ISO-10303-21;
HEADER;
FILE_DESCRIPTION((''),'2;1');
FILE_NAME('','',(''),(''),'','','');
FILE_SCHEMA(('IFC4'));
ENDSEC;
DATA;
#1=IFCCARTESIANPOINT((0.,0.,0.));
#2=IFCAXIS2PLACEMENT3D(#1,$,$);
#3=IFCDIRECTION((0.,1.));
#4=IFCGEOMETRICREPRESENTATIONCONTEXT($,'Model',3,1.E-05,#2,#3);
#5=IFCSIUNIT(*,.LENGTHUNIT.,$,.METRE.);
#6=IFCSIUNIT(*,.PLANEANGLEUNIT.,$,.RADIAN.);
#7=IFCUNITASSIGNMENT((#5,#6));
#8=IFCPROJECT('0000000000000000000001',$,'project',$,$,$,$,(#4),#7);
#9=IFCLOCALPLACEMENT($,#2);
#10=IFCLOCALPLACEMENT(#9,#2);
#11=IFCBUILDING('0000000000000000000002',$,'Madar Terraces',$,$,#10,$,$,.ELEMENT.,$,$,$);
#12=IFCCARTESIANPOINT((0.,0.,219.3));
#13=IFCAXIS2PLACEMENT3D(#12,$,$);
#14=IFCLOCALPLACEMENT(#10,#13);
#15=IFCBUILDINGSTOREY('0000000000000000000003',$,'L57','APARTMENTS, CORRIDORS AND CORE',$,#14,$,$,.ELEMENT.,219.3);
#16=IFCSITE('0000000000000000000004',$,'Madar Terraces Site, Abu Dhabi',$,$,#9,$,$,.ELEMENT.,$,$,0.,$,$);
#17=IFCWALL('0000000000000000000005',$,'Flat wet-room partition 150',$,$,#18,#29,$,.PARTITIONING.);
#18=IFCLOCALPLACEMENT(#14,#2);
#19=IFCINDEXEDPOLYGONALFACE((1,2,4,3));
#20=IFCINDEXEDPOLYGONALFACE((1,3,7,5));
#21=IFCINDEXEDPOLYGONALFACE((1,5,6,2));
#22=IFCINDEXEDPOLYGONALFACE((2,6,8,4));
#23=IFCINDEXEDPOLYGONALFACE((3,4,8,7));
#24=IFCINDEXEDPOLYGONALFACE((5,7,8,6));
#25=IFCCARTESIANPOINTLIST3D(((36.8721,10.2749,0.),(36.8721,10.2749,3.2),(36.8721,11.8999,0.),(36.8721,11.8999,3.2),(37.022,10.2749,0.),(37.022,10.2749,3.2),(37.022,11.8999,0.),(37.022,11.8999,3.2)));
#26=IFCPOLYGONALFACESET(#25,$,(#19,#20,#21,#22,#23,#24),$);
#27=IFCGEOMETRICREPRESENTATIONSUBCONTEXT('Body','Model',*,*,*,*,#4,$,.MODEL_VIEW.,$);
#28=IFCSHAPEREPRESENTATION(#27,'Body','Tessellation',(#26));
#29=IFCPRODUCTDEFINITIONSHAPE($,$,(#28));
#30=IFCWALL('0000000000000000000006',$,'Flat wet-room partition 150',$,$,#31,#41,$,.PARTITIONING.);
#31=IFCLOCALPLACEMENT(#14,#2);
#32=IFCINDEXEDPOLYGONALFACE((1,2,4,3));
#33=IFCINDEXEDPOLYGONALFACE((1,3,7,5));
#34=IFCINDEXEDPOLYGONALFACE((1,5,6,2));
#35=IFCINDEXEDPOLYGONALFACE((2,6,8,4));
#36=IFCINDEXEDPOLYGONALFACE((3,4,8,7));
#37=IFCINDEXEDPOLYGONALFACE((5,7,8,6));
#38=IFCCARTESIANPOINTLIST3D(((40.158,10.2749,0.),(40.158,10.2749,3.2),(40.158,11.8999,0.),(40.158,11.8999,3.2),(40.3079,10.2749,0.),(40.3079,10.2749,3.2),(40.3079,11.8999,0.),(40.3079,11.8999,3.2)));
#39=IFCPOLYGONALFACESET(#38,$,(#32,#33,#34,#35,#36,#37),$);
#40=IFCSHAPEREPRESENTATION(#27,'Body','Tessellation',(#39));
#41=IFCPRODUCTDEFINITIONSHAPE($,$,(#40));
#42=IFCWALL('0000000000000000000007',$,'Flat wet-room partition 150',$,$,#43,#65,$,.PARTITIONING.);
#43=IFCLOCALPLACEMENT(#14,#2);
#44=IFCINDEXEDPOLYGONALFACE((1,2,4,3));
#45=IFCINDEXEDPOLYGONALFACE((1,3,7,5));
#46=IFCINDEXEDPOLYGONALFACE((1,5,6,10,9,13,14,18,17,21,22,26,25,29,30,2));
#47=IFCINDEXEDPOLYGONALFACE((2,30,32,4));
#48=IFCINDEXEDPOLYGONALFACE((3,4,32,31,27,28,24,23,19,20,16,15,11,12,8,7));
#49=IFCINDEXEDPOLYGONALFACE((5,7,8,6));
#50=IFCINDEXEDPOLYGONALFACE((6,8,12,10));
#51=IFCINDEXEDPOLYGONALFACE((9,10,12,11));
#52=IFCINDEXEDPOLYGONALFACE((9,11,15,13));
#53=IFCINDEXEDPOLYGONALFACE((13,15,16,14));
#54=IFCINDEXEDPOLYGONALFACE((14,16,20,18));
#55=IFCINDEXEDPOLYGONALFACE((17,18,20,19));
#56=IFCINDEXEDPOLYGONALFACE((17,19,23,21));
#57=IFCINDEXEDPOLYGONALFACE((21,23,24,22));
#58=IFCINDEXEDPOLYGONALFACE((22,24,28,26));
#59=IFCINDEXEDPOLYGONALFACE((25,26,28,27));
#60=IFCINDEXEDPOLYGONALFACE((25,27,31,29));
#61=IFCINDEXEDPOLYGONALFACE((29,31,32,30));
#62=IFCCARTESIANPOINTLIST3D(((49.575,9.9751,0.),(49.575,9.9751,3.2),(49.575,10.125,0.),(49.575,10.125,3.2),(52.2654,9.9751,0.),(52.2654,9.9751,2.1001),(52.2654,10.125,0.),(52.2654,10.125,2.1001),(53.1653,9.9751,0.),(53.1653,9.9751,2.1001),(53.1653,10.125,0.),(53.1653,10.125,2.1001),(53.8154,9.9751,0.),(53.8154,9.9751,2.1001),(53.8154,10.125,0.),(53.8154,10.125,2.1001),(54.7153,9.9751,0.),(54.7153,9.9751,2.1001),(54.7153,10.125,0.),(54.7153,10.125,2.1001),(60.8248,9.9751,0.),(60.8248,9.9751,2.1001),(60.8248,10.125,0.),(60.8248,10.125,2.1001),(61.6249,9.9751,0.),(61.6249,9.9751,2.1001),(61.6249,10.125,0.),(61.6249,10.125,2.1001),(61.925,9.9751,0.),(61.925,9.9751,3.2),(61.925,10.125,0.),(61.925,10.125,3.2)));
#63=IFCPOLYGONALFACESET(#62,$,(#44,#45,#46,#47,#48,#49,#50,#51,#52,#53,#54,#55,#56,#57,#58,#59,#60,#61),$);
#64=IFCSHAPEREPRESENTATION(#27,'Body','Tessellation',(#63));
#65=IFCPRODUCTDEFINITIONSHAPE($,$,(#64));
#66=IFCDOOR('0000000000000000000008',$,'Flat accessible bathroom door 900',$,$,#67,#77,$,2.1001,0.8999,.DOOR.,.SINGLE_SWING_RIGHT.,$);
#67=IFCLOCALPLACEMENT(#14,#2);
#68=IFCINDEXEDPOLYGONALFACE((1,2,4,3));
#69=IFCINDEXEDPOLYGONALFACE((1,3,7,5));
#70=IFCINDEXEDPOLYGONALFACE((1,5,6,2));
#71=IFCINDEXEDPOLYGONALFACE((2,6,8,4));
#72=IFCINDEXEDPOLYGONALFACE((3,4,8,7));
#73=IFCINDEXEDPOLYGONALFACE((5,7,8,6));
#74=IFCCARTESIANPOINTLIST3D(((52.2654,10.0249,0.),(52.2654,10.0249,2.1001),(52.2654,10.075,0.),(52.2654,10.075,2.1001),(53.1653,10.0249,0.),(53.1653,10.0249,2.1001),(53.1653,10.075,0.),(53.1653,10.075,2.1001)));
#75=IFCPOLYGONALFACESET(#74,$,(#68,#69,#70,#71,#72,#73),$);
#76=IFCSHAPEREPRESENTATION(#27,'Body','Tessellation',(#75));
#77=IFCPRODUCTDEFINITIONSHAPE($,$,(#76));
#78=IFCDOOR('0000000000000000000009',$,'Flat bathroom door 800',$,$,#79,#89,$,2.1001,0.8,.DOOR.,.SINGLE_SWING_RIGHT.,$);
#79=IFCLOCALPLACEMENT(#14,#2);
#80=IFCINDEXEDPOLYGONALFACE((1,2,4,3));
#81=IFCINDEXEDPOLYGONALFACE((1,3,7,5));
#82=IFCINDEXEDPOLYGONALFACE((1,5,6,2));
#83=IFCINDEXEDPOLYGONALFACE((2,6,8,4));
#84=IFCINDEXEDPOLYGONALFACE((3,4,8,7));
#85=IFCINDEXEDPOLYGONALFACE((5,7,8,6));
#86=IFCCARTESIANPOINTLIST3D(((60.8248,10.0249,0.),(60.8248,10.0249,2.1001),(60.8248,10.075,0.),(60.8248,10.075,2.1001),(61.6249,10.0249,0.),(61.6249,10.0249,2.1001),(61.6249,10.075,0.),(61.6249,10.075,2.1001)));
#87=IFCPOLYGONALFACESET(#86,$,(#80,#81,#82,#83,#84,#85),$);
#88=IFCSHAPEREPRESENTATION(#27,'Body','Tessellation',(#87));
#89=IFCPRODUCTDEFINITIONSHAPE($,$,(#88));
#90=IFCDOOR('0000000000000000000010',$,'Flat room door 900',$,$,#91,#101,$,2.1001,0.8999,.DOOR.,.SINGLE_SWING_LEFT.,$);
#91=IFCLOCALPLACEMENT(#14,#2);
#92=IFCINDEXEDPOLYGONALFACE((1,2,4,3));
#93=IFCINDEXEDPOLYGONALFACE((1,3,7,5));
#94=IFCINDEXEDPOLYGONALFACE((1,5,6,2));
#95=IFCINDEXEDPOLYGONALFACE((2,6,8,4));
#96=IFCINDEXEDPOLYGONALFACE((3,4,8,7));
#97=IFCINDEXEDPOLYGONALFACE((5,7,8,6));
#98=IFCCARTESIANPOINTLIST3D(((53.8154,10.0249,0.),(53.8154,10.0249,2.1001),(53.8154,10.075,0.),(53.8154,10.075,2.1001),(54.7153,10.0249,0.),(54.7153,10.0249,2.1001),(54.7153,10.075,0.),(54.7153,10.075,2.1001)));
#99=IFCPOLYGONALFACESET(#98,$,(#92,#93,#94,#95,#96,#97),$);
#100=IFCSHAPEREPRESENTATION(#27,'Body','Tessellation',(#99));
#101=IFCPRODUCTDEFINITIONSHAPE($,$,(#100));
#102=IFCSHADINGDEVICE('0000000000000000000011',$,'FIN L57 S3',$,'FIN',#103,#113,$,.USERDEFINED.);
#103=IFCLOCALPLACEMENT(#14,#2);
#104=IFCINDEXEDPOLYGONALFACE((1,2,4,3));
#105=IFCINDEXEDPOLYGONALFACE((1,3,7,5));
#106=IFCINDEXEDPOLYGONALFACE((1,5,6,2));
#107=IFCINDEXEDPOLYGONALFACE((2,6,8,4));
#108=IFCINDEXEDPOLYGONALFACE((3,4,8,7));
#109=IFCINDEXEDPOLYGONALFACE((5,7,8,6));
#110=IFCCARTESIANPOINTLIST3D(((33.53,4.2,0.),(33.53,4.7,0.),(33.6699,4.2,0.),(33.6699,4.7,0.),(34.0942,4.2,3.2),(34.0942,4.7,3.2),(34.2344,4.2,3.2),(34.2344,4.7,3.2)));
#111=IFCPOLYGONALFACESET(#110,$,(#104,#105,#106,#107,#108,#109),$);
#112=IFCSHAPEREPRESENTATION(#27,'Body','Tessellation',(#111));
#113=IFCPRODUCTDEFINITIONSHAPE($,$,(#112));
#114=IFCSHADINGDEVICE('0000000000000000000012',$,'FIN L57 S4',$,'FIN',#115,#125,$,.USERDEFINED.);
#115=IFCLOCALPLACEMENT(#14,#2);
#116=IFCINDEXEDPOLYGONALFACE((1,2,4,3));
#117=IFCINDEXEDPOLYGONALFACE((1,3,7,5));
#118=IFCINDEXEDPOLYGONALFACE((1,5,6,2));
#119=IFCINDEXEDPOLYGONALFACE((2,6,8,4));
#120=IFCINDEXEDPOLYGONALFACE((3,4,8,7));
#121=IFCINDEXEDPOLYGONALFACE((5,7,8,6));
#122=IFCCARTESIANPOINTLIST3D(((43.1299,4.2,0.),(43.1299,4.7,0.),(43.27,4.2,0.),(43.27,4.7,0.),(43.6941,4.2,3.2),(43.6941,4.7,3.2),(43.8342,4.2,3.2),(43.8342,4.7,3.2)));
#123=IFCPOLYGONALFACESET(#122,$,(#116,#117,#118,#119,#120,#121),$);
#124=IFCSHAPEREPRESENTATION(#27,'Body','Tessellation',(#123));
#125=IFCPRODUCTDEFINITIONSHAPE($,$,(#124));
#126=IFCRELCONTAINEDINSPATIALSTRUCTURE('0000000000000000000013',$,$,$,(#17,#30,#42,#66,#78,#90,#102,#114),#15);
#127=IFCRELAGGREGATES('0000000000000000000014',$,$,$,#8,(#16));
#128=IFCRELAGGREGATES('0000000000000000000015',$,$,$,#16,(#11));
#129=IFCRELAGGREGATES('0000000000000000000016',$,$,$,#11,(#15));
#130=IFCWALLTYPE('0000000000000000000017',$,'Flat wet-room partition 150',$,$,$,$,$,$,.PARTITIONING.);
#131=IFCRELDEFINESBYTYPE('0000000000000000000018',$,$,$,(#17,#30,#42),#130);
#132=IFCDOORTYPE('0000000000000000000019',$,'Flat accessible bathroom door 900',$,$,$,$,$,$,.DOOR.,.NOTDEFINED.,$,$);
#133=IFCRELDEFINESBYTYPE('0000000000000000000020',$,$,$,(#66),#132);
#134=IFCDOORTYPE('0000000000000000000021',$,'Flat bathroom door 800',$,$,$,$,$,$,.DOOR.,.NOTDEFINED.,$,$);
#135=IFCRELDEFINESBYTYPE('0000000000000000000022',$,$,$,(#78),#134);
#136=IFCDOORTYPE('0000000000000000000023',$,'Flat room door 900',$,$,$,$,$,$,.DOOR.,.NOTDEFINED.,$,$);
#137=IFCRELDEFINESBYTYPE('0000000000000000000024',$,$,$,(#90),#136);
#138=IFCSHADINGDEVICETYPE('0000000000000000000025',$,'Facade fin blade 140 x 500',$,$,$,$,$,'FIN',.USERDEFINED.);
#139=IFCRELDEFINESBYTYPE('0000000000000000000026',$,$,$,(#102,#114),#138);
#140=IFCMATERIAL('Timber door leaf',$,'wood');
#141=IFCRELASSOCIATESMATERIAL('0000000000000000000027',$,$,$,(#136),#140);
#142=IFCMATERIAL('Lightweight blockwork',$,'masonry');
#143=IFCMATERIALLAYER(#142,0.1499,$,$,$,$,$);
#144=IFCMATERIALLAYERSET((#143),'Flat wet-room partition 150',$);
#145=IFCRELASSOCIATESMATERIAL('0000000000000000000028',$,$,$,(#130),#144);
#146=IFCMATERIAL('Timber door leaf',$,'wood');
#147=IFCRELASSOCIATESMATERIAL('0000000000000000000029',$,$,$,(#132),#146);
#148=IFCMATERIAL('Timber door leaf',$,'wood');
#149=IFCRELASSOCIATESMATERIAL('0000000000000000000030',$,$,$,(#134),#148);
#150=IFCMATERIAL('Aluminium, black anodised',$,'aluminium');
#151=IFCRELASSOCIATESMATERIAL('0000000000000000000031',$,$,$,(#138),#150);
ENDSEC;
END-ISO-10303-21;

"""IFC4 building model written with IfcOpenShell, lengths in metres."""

from ifc_helpers import new_model, si_unit, direction, frame, frame_2d, origin, place, context, subcontext, project, spatial, polyline, rectangle, outline, extrude, material, layer, layer_set, type_object, element, fill, save


model = new_model("IFC4")

# Units and contexts
model_context = context("Model", 3, precision=1e-05, world=origin(), true_north=direction((0.0, 1.0)))
body_context = subcontext(model_context, "Body", "Model", "MODEL_VIEW")
ifc_project = project(units=[si_unit("LENGTHUNIT", "METRE"), si_unit("PLANEANGLEUNIT", "RADIAN")], contexts=[model_context])

# Site, building, storey
site_placement = place(None, origin())
site = spatial("IfcSite", under=ifc_project, at=site_placement, Name="Madar Terraces Site, Abu Dhabi", CompositionType="ELEMENT", RefElevation=0.0)
building_placement = place(site_placement, origin())
building = spatial("IfcBuilding", under=site, at=building_placement, Name="Madar Terraces", CompositionType="ELEMENT")
storey_placement = place(building_placement, frame((0.0, 0.0, 219.3)))
storey = spatial("IfcBuildingStorey", under=building, at=storey_placement, Name="L57", Description="APARTMENTS, CORRIDORS AND CORE", CompositionType="ELEMENT", Elevation=219.3)

# Shared definitions
ifc_material_1 = material(Name="Timber door leaf", Category="wood")
door_type_1 = type_object("IfcDoorType", Name="Flat room door 900", OperationType="NOTDEFINED", PredefinedType="DOOR", material=ifc_material_1)

# Walls
ifc_material_2 = material(Name="Lightweight blockwork", Category="masonry")
ifc_layer_1 = layer(ifc_material_2, 0.1499)
ifc_layer_set_1 = layer_set([ifc_layer_1], Name="Flat wet-room partition 150")
wall_type_1 = type_object("IfcWallType", Name="Flat wet-room partition 150", PredefinedType="PARTITIONING", material=ifc_layer_set_1)
for number, where, z_axis, x_axis, name in (
    (1, (36.947, 11.8999, 0.0), (0.0, 0.0, 1.0), (0.0, -1.0, 0.0), "Flat wet-room partition 150"),
    (2, (40.2329, 11.8999, 0.0), (0.0, 0.0, 1.0), (0.0, -1.0, 0.0), "Flat wet-room partition 150"),
):
    element("IfcWall", number, at=place(storey_placement, frame(where, z_axis=z_axis, x_axis=x_axis)), inside=storey, type_object=wall_type_1, Name=name, PredefinedType="PARTITIONING", context=body_context, shape_type="SweptSolid", body=[
        extrude(rectangle(XDim=1.625, YDim=0.1499, at=frame_2d((0.8125, 0.0))), origin(), (0.0, 0.0, 1.0), 3.2),
    ])

# Wall, openings, doors
wall_1_placement = place(storey_placement, frame((49.575, 10.05, 0.0), z_axis=(0.0, 0.0, 1.0), x_axis=(1.0, 0.0, 0.0)))
wall_1 = element("IfcWall", 3, at=wall_1_placement, inside=storey, type_object=wall_type_1, Name="Flat wet-room partition 150", PredefinedType="PARTITIONING", context=body_context, shape_type="SweptSolid", body=[
    extrude(rectangle(XDim=12.3501, YDim=0.1499, at=frame_2d((6.175, 0.0))), origin(), (0.0, 0.0, 1.0), 3.2),
])
opening_1_placement = place(wall_1_placement, frame((2.6904, 0.0, 0.0)))
opening_1 = element("IfcOpeningElement", 4, at=opening_1_placement, cuts=wall_1, PredefinedType="OPENING", context=body_context, shape_type="SweptSolid", body=[
    extrude(rectangle(XDim=0.8999, YDim=2.1001, at=frame_2d((0.45, 1.05))), frame((0.0, 0.085, 0.0), z_axis=(0.0, -1.0, 0.0), x_axis=(1.0, 0.0, 0.0)), (0.0, 0.0, 1.0), 0.1699),
])
opening_2_placement = place(wall_1_placement, frame((4.2405, 0.0, 0.0)))
opening_2 = element("IfcOpeningElement", 5, at=opening_2_placement, cuts=wall_1, PredefinedType="OPENING", context=body_context, shape_type="SweptSolid", body=[
    extrude(rectangle(XDim=0.8999, YDim=2.1001, at=frame_2d((0.45, 1.05))), frame((0.0, 0.085, 0.0), z_axis=(0.0, -1.0, 0.0), x_axis=(1.0, 0.0, 0.0)), (0.0, 0.0, 1.0), 0.1699),
])
opening_3_placement = place(wall_1_placement, frame((11.25, 0.0, 0.0)))
opening_3 = element("IfcOpeningElement", 6, at=opening_3_placement, cuts=wall_1, PredefinedType="OPENING", context=body_context, shape_type="SweptSolid", body=[
    extrude(rectangle(XDim=0.8, YDim=2.1001, at=frame_2d((0.3999, 1.05))), frame((0.0, 0.085, 0.0), z_axis=(0.0, -1.0, 0.0), x_axis=(1.0, 0.0, 0.0)), (0.0, 0.0, 1.0), 0.1699),
])
ifc_material_3 = material(Name="Timber door leaf", Category="wood")
door_type_2 = type_object("IfcDoorType", Name="Flat accessible bathroom door 900", OperationType="NOTDEFINED", PredefinedType="DOOR", material=ifc_material_3)
door_1_placement = place(opening_1_placement, origin())
door_1 = element("IfcDoor", 7, at=door_1_placement, inside=storey, type_object=door_type_2, Name="Flat accessible bathroom door 900", OperationType="SINGLE_SWING_RIGHT", OverallHeight=2.1001, OverallWidth=0.8999, PredefinedType="DOOR", context=body_context, shape_type="SweptSolid", body=[
    extrude(rectangle(XDim=0.8999, YDim=2.1001, at=frame_2d((0.45, 1.05))), frame((0.0, 0.0249, 0.0), z_axis=(0.0, -1.0, 0.0), x_axis=(1.0, 0.0, 0.0)), (0.0, 0.0, 1.0), 0.05),
])
fill(opening_1, door_1)
ifc_material_4 = material(Name="Timber door leaf", Category="wood")
door_type_3 = type_object("IfcDoorType", Name="Flat bathroom door 800", OperationType="NOTDEFINED", PredefinedType="DOOR", material=ifc_material_4)
door_2_placement = place(opening_3_placement, origin())
door_2 = element("IfcDoor", 8, at=door_2_placement, inside=storey, type_object=door_type_3, Name="Flat bathroom door 800", OperationType="SINGLE_SWING_RIGHT", OverallHeight=2.1001, OverallWidth=0.8, PredefinedType="DOOR", context=body_context, shape_type="SweptSolid", body=[
    extrude(rectangle(XDim=0.8, YDim=2.1001, at=frame_2d((0.3999, 1.05))), frame((0.0, 0.0249, 0.0), z_axis=(0.0, -1.0, 0.0), x_axis=(1.0, 0.0, 0.0)), (0.0, 0.0, 1.0), 0.05),
])
fill(opening_3, door_2)
door_3_placement = place(opening_2_placement, origin())
door_3 = element("IfcDoor", 9, at=door_3_placement, inside=storey, type_object=door_type_1, Name="Flat room door 900", OperationType="SINGLE_SWING_LEFT", OverallHeight=2.1001, OverallWidth=0.8999, PredefinedType="DOOR", context=body_context, shape_type="SweptSolid", body=[
    extrude(rectangle(XDim=0.8999, YDim=2.1001, at=frame_2d((0.45, 1.05))), frame((0.0, 0.0249, 0.0), z_axis=(0.0, -1.0, 0.0), x_axis=(1.0, 0.0, 0.0)), (0.0, 0.0, 1.0), 0.05),
])
fill(opening_2, door_3)

# Shading devices
ifc_material_5 = material(Name="Aluminium, black anodised", Category="aluminium")
shading_device_type = type_object("IfcShadingDeviceType", Name="Facade fin blade 140 x 500", ElementType="FIN", PredefinedType="USERDEFINED", material=ifc_material_5)
shading_device_1_placement = place(storey_placement, frame((33.53, 4.45, 0.0), z_axis=(0.0, 0.0, 1.0), x_axis=(1.0, 0.0, 0.0)))
element("IfcShadingDevice", 10, at=shading_device_1_placement, inside=storey, type_object=shading_device_type, Name="FIN L57 S3", ObjectType="FIN", PredefinedType="USERDEFINED", context=body_context, shape_type="SweptSolid", body=[
    extrude(outline(polyline([(0.0, 0.0), (0.1399, 0.0), (0.7043, 3.2), (0.5642, 3.2), (0.0, 0.0)])), frame((0.0, 0.25, 0.0), z_axis=(0.0, -1.0, 0.0), x_axis=(1.0, 0.0, 0.0)), (0.0, 0.0, 1.0), 0.5),
])
shading_device_2_placement = place(storey_placement, frame((43.1299, 4.45, 0.0), z_axis=(0.0, 0.0, 1.0), x_axis=(1.0, 0.0, 0.0)))
element("IfcShadingDevice", 11, at=shading_device_2_placement, inside=storey, type_object=shading_device_type, Name="FIN L57 S4", ObjectType="FIN", PredefinedType="USERDEFINED", context=body_context, shape_type="SweptSolid", body=[
    extrude(outline(polyline([(0.0, 0.0), (0.1401, 0.0), (0.7043, 3.2), (0.5642, 3.2), (0.0, 0.0)])), frame((0.0, 0.25, 0.0), z_axis=(0.0, -1.0, 0.0), x_axis=(1.0, 0.0, 0.0)), (0.0, 0.0, 1.0), 0.5),
])

save(model, "model.ifc")
